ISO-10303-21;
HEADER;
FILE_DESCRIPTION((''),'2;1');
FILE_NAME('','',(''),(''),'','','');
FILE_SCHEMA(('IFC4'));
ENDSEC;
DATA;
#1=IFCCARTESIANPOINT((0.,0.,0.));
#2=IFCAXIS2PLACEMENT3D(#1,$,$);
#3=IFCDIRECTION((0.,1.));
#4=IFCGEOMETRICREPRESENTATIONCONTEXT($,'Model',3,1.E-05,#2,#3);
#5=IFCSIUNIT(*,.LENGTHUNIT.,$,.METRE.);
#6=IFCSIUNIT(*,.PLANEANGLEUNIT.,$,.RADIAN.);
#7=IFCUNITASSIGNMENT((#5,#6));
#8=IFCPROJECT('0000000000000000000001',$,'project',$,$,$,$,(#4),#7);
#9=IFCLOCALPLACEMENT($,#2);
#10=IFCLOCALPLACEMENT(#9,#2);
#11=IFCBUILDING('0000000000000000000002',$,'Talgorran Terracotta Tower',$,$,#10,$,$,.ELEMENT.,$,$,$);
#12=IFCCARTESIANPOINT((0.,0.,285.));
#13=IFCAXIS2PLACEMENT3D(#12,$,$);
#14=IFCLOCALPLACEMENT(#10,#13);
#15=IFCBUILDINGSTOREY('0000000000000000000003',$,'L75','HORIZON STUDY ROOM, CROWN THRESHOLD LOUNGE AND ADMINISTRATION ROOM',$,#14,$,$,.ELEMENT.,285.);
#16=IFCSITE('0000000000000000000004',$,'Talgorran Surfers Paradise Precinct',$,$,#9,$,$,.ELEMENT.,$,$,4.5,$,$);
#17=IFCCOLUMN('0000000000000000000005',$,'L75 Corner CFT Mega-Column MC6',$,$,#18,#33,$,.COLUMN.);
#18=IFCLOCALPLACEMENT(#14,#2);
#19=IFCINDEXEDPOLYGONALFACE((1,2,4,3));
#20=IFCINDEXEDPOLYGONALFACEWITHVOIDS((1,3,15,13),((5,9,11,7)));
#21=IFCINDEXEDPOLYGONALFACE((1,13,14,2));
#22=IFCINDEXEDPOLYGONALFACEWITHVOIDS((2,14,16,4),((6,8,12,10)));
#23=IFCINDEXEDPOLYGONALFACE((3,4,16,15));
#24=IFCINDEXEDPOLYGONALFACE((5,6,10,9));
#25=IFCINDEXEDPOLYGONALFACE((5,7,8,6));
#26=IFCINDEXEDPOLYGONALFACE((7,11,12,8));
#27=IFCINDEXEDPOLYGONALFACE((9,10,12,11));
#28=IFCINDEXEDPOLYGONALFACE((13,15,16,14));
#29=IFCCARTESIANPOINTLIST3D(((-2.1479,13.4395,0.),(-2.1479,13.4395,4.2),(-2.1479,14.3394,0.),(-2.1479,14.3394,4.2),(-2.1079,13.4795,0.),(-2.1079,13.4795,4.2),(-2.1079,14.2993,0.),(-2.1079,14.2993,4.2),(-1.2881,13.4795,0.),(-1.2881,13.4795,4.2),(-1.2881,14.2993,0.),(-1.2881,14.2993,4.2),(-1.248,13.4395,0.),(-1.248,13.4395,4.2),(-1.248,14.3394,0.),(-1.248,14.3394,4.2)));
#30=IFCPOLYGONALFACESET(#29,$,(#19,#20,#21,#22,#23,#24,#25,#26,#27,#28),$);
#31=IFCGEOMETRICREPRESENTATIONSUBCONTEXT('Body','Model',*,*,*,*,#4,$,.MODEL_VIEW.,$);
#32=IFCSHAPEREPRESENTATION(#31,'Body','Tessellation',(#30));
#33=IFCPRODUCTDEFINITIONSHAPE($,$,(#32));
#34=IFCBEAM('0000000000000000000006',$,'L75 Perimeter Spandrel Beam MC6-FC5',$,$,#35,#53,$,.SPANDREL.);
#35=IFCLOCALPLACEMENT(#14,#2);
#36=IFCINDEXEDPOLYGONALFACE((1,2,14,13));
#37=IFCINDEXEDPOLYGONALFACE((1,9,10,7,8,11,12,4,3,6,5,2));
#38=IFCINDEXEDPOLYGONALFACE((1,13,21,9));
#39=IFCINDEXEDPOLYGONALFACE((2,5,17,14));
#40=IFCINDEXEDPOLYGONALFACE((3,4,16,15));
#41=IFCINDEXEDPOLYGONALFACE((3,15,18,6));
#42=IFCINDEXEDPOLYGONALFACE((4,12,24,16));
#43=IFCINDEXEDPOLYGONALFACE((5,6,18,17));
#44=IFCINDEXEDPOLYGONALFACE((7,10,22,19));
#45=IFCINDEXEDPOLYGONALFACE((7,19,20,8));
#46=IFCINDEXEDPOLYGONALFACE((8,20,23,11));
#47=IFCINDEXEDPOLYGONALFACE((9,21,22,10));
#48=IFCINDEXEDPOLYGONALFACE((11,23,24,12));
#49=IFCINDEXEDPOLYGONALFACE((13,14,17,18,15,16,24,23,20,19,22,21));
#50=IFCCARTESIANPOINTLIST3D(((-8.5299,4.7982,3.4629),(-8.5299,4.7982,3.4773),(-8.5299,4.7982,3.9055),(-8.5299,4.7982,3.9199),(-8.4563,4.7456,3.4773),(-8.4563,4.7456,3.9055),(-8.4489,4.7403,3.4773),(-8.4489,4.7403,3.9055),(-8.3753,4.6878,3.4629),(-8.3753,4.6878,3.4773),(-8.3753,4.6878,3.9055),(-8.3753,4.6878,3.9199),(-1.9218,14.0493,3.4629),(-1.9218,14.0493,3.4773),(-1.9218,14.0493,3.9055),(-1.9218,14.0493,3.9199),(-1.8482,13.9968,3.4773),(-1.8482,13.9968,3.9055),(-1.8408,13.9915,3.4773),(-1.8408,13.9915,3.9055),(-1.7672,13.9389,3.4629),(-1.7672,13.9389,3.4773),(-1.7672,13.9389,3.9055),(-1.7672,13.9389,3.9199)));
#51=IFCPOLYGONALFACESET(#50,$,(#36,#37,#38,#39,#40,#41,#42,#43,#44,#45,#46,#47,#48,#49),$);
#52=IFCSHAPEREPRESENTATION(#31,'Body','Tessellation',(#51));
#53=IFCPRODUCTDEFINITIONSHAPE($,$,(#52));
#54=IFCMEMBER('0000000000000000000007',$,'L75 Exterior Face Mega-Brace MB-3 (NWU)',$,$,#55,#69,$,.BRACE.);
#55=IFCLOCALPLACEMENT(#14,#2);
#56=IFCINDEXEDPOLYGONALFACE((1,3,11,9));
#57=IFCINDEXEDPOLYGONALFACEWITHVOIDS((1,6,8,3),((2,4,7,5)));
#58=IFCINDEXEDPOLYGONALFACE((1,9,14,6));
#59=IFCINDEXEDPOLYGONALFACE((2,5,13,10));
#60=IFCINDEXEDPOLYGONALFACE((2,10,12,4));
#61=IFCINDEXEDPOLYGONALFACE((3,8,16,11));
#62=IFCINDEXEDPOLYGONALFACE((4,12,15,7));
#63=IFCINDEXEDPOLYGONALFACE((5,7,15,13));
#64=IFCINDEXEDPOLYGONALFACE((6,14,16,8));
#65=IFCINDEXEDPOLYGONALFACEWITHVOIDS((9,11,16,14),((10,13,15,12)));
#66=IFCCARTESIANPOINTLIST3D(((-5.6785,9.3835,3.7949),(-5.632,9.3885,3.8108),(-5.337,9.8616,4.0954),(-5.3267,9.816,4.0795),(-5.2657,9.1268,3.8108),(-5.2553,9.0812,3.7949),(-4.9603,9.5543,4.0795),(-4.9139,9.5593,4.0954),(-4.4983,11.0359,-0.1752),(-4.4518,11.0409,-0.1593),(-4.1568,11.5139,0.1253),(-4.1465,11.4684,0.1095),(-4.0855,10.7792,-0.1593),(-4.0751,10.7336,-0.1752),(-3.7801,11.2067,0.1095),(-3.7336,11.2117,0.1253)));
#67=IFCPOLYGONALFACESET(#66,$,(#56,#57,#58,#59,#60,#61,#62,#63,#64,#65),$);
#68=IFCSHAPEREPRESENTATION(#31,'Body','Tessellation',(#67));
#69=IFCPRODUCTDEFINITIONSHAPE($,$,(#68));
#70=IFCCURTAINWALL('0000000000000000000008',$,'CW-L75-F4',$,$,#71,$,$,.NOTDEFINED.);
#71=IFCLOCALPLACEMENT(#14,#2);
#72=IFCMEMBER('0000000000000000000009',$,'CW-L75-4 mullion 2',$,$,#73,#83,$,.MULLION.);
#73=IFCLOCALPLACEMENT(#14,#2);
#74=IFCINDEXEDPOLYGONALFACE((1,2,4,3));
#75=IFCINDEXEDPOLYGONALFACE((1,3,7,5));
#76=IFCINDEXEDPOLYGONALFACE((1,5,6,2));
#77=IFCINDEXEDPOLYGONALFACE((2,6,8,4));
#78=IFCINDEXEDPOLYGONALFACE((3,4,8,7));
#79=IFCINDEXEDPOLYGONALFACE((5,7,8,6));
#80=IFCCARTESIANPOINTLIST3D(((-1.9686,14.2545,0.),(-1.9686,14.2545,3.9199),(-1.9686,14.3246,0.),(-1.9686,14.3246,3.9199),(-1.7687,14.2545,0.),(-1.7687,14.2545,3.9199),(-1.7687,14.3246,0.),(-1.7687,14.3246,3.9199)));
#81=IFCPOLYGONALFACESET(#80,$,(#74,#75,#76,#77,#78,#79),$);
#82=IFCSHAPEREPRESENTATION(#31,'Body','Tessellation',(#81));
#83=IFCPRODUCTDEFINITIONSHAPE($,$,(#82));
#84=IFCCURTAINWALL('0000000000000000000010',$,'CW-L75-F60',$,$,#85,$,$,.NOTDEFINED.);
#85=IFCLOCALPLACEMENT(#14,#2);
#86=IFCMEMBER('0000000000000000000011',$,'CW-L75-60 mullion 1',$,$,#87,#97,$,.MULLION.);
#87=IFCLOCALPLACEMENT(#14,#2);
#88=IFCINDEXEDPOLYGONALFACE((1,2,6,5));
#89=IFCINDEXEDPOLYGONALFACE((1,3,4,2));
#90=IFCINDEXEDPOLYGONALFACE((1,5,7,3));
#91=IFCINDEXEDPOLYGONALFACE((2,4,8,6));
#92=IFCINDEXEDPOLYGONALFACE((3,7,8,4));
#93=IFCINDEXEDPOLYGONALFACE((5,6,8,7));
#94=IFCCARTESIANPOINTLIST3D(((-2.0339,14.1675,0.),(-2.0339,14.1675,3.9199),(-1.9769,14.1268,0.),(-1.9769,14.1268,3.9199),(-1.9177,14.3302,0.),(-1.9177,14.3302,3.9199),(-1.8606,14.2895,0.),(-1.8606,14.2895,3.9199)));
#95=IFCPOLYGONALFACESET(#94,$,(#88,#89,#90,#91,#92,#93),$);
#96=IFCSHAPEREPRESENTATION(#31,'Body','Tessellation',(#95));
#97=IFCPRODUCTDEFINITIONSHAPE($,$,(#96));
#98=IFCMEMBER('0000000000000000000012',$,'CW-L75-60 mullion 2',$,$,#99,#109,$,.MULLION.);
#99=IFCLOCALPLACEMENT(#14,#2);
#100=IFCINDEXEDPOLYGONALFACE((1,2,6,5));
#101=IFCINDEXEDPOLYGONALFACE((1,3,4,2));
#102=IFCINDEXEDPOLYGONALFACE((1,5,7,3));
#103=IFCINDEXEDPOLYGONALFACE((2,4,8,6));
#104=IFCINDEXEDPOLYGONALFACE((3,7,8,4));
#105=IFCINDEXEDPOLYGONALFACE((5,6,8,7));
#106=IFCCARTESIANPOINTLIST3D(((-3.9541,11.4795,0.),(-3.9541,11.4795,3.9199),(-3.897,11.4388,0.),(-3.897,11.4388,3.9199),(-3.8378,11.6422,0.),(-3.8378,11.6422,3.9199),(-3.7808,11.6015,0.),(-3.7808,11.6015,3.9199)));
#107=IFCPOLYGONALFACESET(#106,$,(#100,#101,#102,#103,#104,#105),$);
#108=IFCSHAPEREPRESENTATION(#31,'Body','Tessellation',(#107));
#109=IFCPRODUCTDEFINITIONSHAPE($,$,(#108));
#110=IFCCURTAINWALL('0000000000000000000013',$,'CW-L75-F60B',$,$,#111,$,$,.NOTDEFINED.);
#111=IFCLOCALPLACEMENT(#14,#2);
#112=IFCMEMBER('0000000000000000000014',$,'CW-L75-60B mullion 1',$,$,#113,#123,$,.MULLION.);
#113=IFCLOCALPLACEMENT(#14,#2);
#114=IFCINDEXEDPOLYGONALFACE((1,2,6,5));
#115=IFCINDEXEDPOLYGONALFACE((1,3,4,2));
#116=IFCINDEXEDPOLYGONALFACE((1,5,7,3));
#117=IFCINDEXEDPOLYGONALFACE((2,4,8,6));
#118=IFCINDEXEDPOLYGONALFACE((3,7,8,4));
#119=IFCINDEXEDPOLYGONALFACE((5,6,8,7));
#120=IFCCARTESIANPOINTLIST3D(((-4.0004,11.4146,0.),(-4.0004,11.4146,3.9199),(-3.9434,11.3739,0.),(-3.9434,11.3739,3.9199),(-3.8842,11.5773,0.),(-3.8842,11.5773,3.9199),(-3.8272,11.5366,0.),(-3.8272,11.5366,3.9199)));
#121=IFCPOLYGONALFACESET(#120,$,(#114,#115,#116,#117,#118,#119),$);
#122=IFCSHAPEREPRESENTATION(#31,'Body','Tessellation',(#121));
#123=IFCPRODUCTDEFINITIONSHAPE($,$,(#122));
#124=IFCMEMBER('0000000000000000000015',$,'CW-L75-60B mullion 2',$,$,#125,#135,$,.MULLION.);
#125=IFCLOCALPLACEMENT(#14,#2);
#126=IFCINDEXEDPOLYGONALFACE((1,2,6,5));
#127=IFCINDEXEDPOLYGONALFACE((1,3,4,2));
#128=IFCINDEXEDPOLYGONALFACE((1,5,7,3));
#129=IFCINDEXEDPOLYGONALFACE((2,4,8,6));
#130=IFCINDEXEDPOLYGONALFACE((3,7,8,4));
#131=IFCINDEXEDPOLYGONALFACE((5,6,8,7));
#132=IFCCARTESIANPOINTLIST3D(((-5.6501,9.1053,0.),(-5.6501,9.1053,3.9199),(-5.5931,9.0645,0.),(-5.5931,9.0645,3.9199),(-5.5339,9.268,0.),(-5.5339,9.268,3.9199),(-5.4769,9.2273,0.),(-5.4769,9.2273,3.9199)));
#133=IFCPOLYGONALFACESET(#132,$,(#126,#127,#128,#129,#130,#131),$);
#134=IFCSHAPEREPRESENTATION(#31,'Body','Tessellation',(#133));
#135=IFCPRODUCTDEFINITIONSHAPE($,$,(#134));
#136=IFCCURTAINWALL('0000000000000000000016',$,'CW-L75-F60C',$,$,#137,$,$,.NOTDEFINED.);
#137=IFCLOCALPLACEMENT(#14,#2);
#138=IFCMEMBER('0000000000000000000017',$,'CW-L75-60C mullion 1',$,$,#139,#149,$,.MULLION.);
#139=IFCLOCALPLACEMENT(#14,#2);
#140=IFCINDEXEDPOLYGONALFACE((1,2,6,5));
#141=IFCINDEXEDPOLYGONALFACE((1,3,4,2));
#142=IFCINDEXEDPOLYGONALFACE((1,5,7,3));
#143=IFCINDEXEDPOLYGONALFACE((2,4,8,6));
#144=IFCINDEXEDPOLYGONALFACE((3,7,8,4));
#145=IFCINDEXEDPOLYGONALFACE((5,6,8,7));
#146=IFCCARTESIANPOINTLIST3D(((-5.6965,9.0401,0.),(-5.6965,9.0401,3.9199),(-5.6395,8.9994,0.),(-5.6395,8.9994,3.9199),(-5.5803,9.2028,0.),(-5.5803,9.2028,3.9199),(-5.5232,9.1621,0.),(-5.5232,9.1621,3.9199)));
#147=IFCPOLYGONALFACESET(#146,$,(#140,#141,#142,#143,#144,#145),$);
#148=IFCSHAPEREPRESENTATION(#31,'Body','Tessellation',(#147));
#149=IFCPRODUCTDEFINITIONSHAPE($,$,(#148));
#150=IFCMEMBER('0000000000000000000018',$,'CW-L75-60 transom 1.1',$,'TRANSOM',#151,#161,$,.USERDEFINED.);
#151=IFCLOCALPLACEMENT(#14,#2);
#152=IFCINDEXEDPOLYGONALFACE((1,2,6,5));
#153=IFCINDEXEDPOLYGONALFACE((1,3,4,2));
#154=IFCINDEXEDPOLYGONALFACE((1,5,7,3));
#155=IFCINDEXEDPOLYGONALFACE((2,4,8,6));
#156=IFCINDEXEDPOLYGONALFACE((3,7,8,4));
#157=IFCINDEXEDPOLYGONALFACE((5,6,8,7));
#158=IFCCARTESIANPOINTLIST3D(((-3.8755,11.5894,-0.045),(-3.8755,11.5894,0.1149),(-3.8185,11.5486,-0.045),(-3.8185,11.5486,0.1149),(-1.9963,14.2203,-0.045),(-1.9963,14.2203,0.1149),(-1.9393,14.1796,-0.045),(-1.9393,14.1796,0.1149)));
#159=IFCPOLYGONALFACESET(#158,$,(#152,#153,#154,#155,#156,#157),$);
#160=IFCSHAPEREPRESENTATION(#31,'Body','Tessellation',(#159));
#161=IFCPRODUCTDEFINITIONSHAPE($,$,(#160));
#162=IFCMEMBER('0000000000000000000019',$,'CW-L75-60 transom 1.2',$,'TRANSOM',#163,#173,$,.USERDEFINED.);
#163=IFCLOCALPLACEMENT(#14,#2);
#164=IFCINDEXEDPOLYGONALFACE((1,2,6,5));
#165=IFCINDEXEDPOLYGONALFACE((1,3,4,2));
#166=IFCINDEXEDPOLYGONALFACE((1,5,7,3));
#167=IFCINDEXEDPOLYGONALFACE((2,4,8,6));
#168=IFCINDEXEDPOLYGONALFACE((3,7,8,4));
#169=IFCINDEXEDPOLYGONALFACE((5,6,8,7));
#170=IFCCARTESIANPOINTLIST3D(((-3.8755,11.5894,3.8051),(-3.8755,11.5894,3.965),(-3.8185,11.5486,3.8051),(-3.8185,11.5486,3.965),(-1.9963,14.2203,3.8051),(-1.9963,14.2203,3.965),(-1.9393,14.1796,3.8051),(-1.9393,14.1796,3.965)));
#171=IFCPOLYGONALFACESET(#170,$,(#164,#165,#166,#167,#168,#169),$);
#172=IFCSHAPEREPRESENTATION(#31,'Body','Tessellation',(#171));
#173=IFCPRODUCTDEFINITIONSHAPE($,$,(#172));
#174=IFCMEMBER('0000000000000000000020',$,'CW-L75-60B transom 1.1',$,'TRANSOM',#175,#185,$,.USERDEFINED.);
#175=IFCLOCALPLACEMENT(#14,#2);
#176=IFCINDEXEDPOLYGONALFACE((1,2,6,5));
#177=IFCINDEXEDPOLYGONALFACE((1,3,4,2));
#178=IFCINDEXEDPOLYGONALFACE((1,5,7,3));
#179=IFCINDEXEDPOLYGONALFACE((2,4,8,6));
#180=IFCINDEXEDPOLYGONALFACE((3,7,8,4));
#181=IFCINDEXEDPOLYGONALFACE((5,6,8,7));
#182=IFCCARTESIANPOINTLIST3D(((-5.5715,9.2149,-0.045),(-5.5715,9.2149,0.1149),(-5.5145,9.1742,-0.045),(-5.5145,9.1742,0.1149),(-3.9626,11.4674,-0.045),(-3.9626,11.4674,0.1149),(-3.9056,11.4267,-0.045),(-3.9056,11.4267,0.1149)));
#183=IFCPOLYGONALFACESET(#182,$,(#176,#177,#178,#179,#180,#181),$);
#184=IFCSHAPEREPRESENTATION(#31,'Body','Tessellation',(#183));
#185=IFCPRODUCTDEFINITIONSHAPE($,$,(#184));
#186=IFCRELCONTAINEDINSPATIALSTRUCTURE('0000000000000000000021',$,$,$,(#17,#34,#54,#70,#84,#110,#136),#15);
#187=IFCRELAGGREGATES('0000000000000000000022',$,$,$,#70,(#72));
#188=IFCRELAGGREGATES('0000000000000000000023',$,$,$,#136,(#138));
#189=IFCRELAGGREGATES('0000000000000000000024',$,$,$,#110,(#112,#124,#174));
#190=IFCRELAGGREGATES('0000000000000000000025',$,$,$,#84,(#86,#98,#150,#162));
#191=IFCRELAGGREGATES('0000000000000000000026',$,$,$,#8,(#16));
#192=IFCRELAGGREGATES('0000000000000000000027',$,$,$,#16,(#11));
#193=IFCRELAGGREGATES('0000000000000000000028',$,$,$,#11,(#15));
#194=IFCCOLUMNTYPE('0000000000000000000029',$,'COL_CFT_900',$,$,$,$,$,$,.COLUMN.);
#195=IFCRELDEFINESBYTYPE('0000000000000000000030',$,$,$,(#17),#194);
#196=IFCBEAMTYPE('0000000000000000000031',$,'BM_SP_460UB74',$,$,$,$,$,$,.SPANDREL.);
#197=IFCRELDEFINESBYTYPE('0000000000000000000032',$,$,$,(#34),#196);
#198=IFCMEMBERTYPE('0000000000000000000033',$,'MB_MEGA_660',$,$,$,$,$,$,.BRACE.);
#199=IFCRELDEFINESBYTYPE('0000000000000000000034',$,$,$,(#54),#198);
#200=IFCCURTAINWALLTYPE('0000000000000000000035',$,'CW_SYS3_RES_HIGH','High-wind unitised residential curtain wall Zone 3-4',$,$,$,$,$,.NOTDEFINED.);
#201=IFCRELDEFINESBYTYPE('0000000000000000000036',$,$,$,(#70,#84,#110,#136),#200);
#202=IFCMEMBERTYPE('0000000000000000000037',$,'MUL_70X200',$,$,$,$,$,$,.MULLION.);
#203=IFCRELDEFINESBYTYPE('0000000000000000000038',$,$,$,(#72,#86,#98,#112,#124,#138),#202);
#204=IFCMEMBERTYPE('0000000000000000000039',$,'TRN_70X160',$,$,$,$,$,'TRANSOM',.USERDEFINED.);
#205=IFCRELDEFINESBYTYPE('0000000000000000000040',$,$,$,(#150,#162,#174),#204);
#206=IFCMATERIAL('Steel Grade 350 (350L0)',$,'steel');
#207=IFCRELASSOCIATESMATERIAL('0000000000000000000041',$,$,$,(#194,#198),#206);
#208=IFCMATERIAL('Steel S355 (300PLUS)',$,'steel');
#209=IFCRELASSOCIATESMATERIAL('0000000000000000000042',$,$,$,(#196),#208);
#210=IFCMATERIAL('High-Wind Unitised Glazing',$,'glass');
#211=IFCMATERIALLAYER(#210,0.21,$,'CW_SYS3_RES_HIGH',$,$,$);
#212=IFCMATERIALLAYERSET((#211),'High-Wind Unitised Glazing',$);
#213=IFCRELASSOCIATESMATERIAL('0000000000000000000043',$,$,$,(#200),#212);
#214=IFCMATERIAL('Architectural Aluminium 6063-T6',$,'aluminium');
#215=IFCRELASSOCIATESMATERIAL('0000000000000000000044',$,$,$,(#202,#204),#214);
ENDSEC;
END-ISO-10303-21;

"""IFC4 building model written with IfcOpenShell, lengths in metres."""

from ifc_helpers import new_model, si_unit, direction, frame, origin, origin_2d, place, context, subcontext, project, spatial, rectangle, hollow_rectangle, i_section, extrude, material, layer, layer_set, material_profile, profile_set, type_object, element, aggregate, save


model = new_model("IFC4")

# Units and contexts
model_context = context("Model", 3, precision=1e-05, world=origin(), true_north=direction((0.0, 1.0)))
body_context = subcontext(model_context, "Body", "Model", "MODEL_VIEW")
ifc_project = project(units=[si_unit("LENGTHUNIT", "METRE"), si_unit("PLANEANGLEUNIT", "RADIAN")], contexts=[model_context])

# Site, building, storey
site_placement = place(None, origin())
site = spatial("IfcSite", under=ifc_project, at=site_placement, Name="Talgorran Surfers Paradise Precinct", CompositionType="ELEMENT", RefElevation=4.5)
building_placement = place(site_placement, origin())
building = spatial("IfcBuilding", under=site, at=building_placement, Name="Talgorran Terracotta Tower", CompositionType="ELEMENT")
storey_placement = place(building_placement, frame((0.0, 0.0, 285.0)))
storey = spatial("IfcBuildingStorey", under=building, at=storey_placement, Name="L75", Description="HORIZON STUDY ROOM, CROWN THRESHOLD LOUNGE AND ADMINISTRATION ROOM", CompositionType="ELEMENT", Elevation=285.0)

# Column
ifc_material_1 = material(Name="Steel Grade 350 (350L0)", Category="steel")
ifc_material_profile_1 = material_profile(ifc_material_1, hollow_rectangle(XDim=0.8999, YDim=0.8999, WallThickness=0.04, at=origin_2d()), Name="CFT900X900X40")
ifc_profile_set_1 = profile_set([ifc_material_profile_1], Name="Steel Grade 350 (350L0)")
column_type = type_object("IfcColumnType", Name="COL_CFT_900", PredefinedType="COLUMN", material=ifc_profile_set_1)
column_placement = place(storey_placement, frame((-1.698, 13.8894, 0.0), z_axis=(0.0, 0.0, 1.0), x_axis=(1.0, 0.0, 0.0)))
element("IfcColumn", 1, at=column_placement, inside=storey, type_object=column_type, Name="L75 Corner CFT Mega-Column MC6", PredefinedType="COLUMN", context=body_context, shape_type="SweptSolid", body=[
    extrude(hollow_rectangle(XDim=0.8999, YDim=0.8999, WallThickness=0.04, at=origin_2d()), origin(), (0.0, 0.0, 1.0), 4.2),
])

# Beam
ifc_material_2 = material(Name="Steel S355 (300PLUS)", Category="steel")
ifc_material_profile_2 = material_profile(ifc_material_2, i_section(OverallWidth=0.1899, OverallDepth=0.457, WebThickness=0.009, FlangeThickness=0.0144, at=origin_2d()), Name="460UB74.6")
ifc_profile_set_2 = profile_set([ifc_material_profile_2], Name="Steel S355 (300PLUS)")
beam_type = type_object("IfcBeamType", Name="BM_SP_460UB74", PredefinedType="SPANDREL", material=ifc_profile_set_2)
beam_placement = place(storey_placement, frame((-1.8445, 13.9941, 3.6914), z_axis=(-0.581246, -0.813728, 0.0), x_axis=(0.813728, -0.581246, 0.0)))
element("IfcBeam", 2, at=beam_placement, inside=storey, type_object=beam_type, Name="L75 Perimeter Spandrel Beam MC6-FC5", PredefinedType="SPANDREL", context=body_context, shape_type="SweptSolid", body=[
    extrude(i_section(OverallWidth=0.1899, OverallDepth=0.457, WebThickness=0.009, FlangeThickness=0.0144, at=origin_2d()), origin(), (0.0, 0.0, 1.0), 11.3689),
])

# Member
ifc_material_profile_3 = material_profile(ifc_material_1, hollow_rectangle(XDim=0.52, YDim=0.6599, WallThickness=0.0349, at=origin_2d()), Name="WBOX660X520X35")
ifc_profile_set_3 = profile_set([ifc_material_profile_3], Name="Steel Grade 350 (350L0)")
member_type_1 = type_object("IfcMemberType", Name="MB_MEGA_660", PredefinedType="BRACE", material=ifc_profile_set_3)
member_1_placement = place(storey_placement, frame((-4.116, 11.1238, -0.0249), z_axis=(-0.264666, -0.370554, 0.890304), x_axis=(0.81375, -0.581215, 0.0)))
element("IfcMember", 3, at=member_1_placement, inside=storey, type_object=member_type_1, Name="L75 Exterior Face Mega-Brace MB-3 (NWU)", PredefinedType="BRACE", context=body_context, shape_type="SweptSolid", body=[
    extrude(hollow_rectangle(XDim=0.52, YDim=0.6599, WallThickness=0.0349, at=origin_2d()), origin(), (0.0, 0.0, 1.0), 4.4592),
])

# Curtain wall, member
ifc_material_3 = material(Name="High-Wind Unitised Glazing", Category="glass")
ifc_layer_1 = layer(ifc_material_3, 0.21, Name="CW_SYS3_RES_HIGH")
ifc_layer_set_1 = layer_set([ifc_layer_1], Name="High-Wind Unitised Glazing")
curtain_wall_type = type_object("IfcCurtainWallType", Name="CW_SYS3_RES_HIGH", Description="High-wind unitised residential curtain wall Zone 3-4", PredefinedType="NOTDEFINED", material=ifc_layer_set_1)
curtain_wall_1_placement = place(storey_placement, origin())
curtain_wall_1 = element("IfcCurtainWall", 4, at=curtain_wall_1_placement, inside=storey, type_object=curtain_wall_type, Name="CW-L75-F4", PredefinedType="NOTDEFINED")
ifc_material_4 = material(Name="Architectural Aluminium 6063-T6", Category="aluminium")
ifc_material_profile_4 = material_profile(ifc_material_4, rectangle(XDim=0.0701, YDim=0.2, at=origin_2d()), Name="CWM70X200")
ifc_profile_set_4 = profile_set([ifc_material_profile_4], Name="Architectural Aluminium 6063-T6")
member_type_2 = type_object("IfcMemberType", Name="MUL_70X200", PredefinedType="MULLION", material=ifc_profile_set_4)
member_2_placement = place(storey_placement, frame((-1.8687, 14.2896, 0.0), z_axis=(0.0, 0.0, 1.0), x_axis=(0.0, -1.0, 0.0)))
member_2 = element("IfcMember", 5, at=member_2_placement, type_object=member_type_2, Name="CW-L75-4 mullion 2", PredefinedType="MULLION", context=body_context, shape_type="SweptSolid", body=[
    extrude(rectangle(XDim=0.0701, YDim=0.2, at=origin_2d()), origin(), (0.0, 0.0, 1.0), 3.9199),
])
aggregate(curtain_wall_1, [member_2])

# Curtain walls, members
curtain_wall_2_placement = place(storey_placement, origin())
curtain_wall_2 = element("IfcCurtainWall", 6, at=curtain_wall_2_placement, inside=storey, type_object=curtain_wall_type, Name="CW-L75-F60", PredefinedType="NOTDEFINED")
member_3_placement = place(storey_placement, frame((-1.9473, 14.2285, 0.0), z_axis=(0.0, 0.0, 1.0), x_axis=(0.813725, -0.581249, 0.0)))
member_3 = element("IfcMember", 7, at=member_3_placement, type_object=member_type_2, Name="CW-L75-60 mullion 1", PredefinedType="MULLION", context=body_context, shape_type="SweptSolid", body=[
    extrude(rectangle(XDim=0.0701, YDim=0.2, at=origin_2d()), origin(), (0.0, 0.0, 1.0), 3.9199),
])
member_4_placement = place(storey_placement, frame((-3.8674, 11.5405, 0.0), z_axis=(0.0, 0.0, 1.0), x_axis=(0.813725, -0.581249, 0.0)))
member_4 = element("IfcMember", 8, at=member_4_placement, type_object=member_type_2, Name="CW-L75-60 mullion 2", PredefinedType="MULLION", context=body_context, shape_type="SweptSolid", body=[
    extrude(rectangle(XDim=0.0701, YDim=0.2, at=origin_2d()), origin(), (0.0, 0.0, 1.0), 3.9199),
])
curtain_wall_3_placement = place(storey_placement, origin())
curtain_wall_3 = element("IfcCurtainWall", 9, at=curtain_wall_3_placement, inside=storey, type_object=curtain_wall_type, Name="CW-L75-F60B", PredefinedType="NOTDEFINED")
member_5_placement = place(storey_placement, frame((-3.9138, 11.4756, 0.0), z_axis=(0.0, 0.0, 1.0), x_axis=(0.813736, -0.581235, 0.0)))
member_5 = element("IfcMember", 10, at=member_5_placement, type_object=member_type_2, Name="CW-L75-60B mullion 1", PredefinedType="MULLION", context=body_context, shape_type="SweptSolid", body=[
    extrude(rectangle(XDim=0.0701, YDim=0.2, at=origin_2d()), origin(), (0.0, 0.0, 1.0), 3.9199),
])
member_6_placement = place(storey_placement, frame((-5.5635, 9.1663, 0.0), z_axis=(0.0, 0.0, 1.0), x_axis=(0.813736, -0.581235, 0.0)))
member_6 = element("IfcMember", 11, at=member_6_placement, type_object=member_type_2, Name="CW-L75-60B mullion 2", PredefinedType="MULLION", context=body_context, shape_type="SweptSolid", body=[
    extrude(rectangle(XDim=0.0701, YDim=0.2, at=origin_2d()), origin(), (0.0, 0.0, 1.0), 3.9199),
])

# Curtain wall, member
curtain_wall_4_placement = place(storey_placement, origin())
curtain_wall_4 = element("IfcCurtainWall", 12, at=curtain_wall_4_placement, inside=storey, type_object=curtain_wall_type, Name="CW-L75-F60C", PredefinedType="NOTDEFINED")
member_7_placement = place(storey_placement, frame((-5.6099, 9.1011, 0.0), z_axis=(0.0, 0.0, 1.0), x_axis=(0.813724, -0.581252, 0.0)))
member_7 = element("IfcMember", 13, at=member_7_placement, type_object=member_type_2, Name="CW-L75-60C mullion 1", PredefinedType="MULLION", context=body_context, shape_type="SweptSolid", body=[
    extrude(rectangle(XDim=0.0701, YDim=0.2, at=origin_2d()), origin(), (0.0, 0.0, 1.0), 3.9199),
])

# Members
ifc_material_profile_5 = material_profile(ifc_material_4, rectangle(XDim=0.0701, YDim=0.1599, at=origin_2d()), Name="CWT70X160")
ifc_profile_set_5 = profile_set([ifc_material_profile_5], Name="Architectural Aluminium 6063-T6")
member_type_3 = type_object("IfcMemberType", Name="TRN_70X160", ElementType="TRANSOM", PredefinedType="USERDEFINED", material=ifc_profile_set_5)
member_8_placement = place(storey_placement, frame((-1.9678, 14.2, 0.0349), z_axis=(-0.581231, -0.813739, 0.0), x_axis=(0.813739, -0.581231, 0.0)))
member_8 = element("IfcMember", 14, at=member_8_placement, type_object=member_type_3, Name="CW-L75-60 transom 1.1", ObjectType="TRANSOM", PredefinedType="USERDEFINED", context=body_context, shape_type="SweptSolid", body=[
    extrude(rectangle(XDim=0.0701, YDim=0.1599, at=origin_2d()), origin(), (0.0, 0.0, 1.0), 3.2332),
])
member_9_placement = place(storey_placement, frame((-1.9678, 14.2, 3.885), z_axis=(-0.581231, -0.813739, 0.0), x_axis=(0.813739, -0.581231, 0.0)))
member_9 = element("IfcMember", 15, at=member_9_placement, type_object=member_type_3, Name="CW-L75-60 transom 1.2", ObjectType="TRANSOM", PredefinedType="USERDEFINED", context=body_context, shape_type="SweptSolid", body=[
    extrude(rectangle(XDim=0.0701, YDim=0.1599, at=origin_2d()), origin(), (0.0, 0.0, 1.0), 3.2332),
])
member_10_placement = place(storey_placement, frame((-3.9341, 11.447, 0.0349), z_axis=(-0.581238, -0.813733, 0.0), x_axis=(0.813733, -0.581238, 0.0)))
member_10 = element("IfcMember", 16, at=member_10_placement, type_object=member_type_3, Name="CW-L75-60B transom 1.1", ObjectType="TRANSOM", PredefinedType="USERDEFINED", context=body_context, shape_type="SweptSolid", body=[
    extrude(rectangle(XDim=0.0701, YDim=0.1599, at=origin_2d()), origin(), (0.0, 0.0, 1.0), 2.7681),
])
aggregate(curtain_wall_4, [member_7])

aggregate(curtain_wall_3, [member_5, member_6, member_10])
aggregate(curtain_wall_2, [member_3, member_4, member_8, member_9])

save(model, "model.ifc")
